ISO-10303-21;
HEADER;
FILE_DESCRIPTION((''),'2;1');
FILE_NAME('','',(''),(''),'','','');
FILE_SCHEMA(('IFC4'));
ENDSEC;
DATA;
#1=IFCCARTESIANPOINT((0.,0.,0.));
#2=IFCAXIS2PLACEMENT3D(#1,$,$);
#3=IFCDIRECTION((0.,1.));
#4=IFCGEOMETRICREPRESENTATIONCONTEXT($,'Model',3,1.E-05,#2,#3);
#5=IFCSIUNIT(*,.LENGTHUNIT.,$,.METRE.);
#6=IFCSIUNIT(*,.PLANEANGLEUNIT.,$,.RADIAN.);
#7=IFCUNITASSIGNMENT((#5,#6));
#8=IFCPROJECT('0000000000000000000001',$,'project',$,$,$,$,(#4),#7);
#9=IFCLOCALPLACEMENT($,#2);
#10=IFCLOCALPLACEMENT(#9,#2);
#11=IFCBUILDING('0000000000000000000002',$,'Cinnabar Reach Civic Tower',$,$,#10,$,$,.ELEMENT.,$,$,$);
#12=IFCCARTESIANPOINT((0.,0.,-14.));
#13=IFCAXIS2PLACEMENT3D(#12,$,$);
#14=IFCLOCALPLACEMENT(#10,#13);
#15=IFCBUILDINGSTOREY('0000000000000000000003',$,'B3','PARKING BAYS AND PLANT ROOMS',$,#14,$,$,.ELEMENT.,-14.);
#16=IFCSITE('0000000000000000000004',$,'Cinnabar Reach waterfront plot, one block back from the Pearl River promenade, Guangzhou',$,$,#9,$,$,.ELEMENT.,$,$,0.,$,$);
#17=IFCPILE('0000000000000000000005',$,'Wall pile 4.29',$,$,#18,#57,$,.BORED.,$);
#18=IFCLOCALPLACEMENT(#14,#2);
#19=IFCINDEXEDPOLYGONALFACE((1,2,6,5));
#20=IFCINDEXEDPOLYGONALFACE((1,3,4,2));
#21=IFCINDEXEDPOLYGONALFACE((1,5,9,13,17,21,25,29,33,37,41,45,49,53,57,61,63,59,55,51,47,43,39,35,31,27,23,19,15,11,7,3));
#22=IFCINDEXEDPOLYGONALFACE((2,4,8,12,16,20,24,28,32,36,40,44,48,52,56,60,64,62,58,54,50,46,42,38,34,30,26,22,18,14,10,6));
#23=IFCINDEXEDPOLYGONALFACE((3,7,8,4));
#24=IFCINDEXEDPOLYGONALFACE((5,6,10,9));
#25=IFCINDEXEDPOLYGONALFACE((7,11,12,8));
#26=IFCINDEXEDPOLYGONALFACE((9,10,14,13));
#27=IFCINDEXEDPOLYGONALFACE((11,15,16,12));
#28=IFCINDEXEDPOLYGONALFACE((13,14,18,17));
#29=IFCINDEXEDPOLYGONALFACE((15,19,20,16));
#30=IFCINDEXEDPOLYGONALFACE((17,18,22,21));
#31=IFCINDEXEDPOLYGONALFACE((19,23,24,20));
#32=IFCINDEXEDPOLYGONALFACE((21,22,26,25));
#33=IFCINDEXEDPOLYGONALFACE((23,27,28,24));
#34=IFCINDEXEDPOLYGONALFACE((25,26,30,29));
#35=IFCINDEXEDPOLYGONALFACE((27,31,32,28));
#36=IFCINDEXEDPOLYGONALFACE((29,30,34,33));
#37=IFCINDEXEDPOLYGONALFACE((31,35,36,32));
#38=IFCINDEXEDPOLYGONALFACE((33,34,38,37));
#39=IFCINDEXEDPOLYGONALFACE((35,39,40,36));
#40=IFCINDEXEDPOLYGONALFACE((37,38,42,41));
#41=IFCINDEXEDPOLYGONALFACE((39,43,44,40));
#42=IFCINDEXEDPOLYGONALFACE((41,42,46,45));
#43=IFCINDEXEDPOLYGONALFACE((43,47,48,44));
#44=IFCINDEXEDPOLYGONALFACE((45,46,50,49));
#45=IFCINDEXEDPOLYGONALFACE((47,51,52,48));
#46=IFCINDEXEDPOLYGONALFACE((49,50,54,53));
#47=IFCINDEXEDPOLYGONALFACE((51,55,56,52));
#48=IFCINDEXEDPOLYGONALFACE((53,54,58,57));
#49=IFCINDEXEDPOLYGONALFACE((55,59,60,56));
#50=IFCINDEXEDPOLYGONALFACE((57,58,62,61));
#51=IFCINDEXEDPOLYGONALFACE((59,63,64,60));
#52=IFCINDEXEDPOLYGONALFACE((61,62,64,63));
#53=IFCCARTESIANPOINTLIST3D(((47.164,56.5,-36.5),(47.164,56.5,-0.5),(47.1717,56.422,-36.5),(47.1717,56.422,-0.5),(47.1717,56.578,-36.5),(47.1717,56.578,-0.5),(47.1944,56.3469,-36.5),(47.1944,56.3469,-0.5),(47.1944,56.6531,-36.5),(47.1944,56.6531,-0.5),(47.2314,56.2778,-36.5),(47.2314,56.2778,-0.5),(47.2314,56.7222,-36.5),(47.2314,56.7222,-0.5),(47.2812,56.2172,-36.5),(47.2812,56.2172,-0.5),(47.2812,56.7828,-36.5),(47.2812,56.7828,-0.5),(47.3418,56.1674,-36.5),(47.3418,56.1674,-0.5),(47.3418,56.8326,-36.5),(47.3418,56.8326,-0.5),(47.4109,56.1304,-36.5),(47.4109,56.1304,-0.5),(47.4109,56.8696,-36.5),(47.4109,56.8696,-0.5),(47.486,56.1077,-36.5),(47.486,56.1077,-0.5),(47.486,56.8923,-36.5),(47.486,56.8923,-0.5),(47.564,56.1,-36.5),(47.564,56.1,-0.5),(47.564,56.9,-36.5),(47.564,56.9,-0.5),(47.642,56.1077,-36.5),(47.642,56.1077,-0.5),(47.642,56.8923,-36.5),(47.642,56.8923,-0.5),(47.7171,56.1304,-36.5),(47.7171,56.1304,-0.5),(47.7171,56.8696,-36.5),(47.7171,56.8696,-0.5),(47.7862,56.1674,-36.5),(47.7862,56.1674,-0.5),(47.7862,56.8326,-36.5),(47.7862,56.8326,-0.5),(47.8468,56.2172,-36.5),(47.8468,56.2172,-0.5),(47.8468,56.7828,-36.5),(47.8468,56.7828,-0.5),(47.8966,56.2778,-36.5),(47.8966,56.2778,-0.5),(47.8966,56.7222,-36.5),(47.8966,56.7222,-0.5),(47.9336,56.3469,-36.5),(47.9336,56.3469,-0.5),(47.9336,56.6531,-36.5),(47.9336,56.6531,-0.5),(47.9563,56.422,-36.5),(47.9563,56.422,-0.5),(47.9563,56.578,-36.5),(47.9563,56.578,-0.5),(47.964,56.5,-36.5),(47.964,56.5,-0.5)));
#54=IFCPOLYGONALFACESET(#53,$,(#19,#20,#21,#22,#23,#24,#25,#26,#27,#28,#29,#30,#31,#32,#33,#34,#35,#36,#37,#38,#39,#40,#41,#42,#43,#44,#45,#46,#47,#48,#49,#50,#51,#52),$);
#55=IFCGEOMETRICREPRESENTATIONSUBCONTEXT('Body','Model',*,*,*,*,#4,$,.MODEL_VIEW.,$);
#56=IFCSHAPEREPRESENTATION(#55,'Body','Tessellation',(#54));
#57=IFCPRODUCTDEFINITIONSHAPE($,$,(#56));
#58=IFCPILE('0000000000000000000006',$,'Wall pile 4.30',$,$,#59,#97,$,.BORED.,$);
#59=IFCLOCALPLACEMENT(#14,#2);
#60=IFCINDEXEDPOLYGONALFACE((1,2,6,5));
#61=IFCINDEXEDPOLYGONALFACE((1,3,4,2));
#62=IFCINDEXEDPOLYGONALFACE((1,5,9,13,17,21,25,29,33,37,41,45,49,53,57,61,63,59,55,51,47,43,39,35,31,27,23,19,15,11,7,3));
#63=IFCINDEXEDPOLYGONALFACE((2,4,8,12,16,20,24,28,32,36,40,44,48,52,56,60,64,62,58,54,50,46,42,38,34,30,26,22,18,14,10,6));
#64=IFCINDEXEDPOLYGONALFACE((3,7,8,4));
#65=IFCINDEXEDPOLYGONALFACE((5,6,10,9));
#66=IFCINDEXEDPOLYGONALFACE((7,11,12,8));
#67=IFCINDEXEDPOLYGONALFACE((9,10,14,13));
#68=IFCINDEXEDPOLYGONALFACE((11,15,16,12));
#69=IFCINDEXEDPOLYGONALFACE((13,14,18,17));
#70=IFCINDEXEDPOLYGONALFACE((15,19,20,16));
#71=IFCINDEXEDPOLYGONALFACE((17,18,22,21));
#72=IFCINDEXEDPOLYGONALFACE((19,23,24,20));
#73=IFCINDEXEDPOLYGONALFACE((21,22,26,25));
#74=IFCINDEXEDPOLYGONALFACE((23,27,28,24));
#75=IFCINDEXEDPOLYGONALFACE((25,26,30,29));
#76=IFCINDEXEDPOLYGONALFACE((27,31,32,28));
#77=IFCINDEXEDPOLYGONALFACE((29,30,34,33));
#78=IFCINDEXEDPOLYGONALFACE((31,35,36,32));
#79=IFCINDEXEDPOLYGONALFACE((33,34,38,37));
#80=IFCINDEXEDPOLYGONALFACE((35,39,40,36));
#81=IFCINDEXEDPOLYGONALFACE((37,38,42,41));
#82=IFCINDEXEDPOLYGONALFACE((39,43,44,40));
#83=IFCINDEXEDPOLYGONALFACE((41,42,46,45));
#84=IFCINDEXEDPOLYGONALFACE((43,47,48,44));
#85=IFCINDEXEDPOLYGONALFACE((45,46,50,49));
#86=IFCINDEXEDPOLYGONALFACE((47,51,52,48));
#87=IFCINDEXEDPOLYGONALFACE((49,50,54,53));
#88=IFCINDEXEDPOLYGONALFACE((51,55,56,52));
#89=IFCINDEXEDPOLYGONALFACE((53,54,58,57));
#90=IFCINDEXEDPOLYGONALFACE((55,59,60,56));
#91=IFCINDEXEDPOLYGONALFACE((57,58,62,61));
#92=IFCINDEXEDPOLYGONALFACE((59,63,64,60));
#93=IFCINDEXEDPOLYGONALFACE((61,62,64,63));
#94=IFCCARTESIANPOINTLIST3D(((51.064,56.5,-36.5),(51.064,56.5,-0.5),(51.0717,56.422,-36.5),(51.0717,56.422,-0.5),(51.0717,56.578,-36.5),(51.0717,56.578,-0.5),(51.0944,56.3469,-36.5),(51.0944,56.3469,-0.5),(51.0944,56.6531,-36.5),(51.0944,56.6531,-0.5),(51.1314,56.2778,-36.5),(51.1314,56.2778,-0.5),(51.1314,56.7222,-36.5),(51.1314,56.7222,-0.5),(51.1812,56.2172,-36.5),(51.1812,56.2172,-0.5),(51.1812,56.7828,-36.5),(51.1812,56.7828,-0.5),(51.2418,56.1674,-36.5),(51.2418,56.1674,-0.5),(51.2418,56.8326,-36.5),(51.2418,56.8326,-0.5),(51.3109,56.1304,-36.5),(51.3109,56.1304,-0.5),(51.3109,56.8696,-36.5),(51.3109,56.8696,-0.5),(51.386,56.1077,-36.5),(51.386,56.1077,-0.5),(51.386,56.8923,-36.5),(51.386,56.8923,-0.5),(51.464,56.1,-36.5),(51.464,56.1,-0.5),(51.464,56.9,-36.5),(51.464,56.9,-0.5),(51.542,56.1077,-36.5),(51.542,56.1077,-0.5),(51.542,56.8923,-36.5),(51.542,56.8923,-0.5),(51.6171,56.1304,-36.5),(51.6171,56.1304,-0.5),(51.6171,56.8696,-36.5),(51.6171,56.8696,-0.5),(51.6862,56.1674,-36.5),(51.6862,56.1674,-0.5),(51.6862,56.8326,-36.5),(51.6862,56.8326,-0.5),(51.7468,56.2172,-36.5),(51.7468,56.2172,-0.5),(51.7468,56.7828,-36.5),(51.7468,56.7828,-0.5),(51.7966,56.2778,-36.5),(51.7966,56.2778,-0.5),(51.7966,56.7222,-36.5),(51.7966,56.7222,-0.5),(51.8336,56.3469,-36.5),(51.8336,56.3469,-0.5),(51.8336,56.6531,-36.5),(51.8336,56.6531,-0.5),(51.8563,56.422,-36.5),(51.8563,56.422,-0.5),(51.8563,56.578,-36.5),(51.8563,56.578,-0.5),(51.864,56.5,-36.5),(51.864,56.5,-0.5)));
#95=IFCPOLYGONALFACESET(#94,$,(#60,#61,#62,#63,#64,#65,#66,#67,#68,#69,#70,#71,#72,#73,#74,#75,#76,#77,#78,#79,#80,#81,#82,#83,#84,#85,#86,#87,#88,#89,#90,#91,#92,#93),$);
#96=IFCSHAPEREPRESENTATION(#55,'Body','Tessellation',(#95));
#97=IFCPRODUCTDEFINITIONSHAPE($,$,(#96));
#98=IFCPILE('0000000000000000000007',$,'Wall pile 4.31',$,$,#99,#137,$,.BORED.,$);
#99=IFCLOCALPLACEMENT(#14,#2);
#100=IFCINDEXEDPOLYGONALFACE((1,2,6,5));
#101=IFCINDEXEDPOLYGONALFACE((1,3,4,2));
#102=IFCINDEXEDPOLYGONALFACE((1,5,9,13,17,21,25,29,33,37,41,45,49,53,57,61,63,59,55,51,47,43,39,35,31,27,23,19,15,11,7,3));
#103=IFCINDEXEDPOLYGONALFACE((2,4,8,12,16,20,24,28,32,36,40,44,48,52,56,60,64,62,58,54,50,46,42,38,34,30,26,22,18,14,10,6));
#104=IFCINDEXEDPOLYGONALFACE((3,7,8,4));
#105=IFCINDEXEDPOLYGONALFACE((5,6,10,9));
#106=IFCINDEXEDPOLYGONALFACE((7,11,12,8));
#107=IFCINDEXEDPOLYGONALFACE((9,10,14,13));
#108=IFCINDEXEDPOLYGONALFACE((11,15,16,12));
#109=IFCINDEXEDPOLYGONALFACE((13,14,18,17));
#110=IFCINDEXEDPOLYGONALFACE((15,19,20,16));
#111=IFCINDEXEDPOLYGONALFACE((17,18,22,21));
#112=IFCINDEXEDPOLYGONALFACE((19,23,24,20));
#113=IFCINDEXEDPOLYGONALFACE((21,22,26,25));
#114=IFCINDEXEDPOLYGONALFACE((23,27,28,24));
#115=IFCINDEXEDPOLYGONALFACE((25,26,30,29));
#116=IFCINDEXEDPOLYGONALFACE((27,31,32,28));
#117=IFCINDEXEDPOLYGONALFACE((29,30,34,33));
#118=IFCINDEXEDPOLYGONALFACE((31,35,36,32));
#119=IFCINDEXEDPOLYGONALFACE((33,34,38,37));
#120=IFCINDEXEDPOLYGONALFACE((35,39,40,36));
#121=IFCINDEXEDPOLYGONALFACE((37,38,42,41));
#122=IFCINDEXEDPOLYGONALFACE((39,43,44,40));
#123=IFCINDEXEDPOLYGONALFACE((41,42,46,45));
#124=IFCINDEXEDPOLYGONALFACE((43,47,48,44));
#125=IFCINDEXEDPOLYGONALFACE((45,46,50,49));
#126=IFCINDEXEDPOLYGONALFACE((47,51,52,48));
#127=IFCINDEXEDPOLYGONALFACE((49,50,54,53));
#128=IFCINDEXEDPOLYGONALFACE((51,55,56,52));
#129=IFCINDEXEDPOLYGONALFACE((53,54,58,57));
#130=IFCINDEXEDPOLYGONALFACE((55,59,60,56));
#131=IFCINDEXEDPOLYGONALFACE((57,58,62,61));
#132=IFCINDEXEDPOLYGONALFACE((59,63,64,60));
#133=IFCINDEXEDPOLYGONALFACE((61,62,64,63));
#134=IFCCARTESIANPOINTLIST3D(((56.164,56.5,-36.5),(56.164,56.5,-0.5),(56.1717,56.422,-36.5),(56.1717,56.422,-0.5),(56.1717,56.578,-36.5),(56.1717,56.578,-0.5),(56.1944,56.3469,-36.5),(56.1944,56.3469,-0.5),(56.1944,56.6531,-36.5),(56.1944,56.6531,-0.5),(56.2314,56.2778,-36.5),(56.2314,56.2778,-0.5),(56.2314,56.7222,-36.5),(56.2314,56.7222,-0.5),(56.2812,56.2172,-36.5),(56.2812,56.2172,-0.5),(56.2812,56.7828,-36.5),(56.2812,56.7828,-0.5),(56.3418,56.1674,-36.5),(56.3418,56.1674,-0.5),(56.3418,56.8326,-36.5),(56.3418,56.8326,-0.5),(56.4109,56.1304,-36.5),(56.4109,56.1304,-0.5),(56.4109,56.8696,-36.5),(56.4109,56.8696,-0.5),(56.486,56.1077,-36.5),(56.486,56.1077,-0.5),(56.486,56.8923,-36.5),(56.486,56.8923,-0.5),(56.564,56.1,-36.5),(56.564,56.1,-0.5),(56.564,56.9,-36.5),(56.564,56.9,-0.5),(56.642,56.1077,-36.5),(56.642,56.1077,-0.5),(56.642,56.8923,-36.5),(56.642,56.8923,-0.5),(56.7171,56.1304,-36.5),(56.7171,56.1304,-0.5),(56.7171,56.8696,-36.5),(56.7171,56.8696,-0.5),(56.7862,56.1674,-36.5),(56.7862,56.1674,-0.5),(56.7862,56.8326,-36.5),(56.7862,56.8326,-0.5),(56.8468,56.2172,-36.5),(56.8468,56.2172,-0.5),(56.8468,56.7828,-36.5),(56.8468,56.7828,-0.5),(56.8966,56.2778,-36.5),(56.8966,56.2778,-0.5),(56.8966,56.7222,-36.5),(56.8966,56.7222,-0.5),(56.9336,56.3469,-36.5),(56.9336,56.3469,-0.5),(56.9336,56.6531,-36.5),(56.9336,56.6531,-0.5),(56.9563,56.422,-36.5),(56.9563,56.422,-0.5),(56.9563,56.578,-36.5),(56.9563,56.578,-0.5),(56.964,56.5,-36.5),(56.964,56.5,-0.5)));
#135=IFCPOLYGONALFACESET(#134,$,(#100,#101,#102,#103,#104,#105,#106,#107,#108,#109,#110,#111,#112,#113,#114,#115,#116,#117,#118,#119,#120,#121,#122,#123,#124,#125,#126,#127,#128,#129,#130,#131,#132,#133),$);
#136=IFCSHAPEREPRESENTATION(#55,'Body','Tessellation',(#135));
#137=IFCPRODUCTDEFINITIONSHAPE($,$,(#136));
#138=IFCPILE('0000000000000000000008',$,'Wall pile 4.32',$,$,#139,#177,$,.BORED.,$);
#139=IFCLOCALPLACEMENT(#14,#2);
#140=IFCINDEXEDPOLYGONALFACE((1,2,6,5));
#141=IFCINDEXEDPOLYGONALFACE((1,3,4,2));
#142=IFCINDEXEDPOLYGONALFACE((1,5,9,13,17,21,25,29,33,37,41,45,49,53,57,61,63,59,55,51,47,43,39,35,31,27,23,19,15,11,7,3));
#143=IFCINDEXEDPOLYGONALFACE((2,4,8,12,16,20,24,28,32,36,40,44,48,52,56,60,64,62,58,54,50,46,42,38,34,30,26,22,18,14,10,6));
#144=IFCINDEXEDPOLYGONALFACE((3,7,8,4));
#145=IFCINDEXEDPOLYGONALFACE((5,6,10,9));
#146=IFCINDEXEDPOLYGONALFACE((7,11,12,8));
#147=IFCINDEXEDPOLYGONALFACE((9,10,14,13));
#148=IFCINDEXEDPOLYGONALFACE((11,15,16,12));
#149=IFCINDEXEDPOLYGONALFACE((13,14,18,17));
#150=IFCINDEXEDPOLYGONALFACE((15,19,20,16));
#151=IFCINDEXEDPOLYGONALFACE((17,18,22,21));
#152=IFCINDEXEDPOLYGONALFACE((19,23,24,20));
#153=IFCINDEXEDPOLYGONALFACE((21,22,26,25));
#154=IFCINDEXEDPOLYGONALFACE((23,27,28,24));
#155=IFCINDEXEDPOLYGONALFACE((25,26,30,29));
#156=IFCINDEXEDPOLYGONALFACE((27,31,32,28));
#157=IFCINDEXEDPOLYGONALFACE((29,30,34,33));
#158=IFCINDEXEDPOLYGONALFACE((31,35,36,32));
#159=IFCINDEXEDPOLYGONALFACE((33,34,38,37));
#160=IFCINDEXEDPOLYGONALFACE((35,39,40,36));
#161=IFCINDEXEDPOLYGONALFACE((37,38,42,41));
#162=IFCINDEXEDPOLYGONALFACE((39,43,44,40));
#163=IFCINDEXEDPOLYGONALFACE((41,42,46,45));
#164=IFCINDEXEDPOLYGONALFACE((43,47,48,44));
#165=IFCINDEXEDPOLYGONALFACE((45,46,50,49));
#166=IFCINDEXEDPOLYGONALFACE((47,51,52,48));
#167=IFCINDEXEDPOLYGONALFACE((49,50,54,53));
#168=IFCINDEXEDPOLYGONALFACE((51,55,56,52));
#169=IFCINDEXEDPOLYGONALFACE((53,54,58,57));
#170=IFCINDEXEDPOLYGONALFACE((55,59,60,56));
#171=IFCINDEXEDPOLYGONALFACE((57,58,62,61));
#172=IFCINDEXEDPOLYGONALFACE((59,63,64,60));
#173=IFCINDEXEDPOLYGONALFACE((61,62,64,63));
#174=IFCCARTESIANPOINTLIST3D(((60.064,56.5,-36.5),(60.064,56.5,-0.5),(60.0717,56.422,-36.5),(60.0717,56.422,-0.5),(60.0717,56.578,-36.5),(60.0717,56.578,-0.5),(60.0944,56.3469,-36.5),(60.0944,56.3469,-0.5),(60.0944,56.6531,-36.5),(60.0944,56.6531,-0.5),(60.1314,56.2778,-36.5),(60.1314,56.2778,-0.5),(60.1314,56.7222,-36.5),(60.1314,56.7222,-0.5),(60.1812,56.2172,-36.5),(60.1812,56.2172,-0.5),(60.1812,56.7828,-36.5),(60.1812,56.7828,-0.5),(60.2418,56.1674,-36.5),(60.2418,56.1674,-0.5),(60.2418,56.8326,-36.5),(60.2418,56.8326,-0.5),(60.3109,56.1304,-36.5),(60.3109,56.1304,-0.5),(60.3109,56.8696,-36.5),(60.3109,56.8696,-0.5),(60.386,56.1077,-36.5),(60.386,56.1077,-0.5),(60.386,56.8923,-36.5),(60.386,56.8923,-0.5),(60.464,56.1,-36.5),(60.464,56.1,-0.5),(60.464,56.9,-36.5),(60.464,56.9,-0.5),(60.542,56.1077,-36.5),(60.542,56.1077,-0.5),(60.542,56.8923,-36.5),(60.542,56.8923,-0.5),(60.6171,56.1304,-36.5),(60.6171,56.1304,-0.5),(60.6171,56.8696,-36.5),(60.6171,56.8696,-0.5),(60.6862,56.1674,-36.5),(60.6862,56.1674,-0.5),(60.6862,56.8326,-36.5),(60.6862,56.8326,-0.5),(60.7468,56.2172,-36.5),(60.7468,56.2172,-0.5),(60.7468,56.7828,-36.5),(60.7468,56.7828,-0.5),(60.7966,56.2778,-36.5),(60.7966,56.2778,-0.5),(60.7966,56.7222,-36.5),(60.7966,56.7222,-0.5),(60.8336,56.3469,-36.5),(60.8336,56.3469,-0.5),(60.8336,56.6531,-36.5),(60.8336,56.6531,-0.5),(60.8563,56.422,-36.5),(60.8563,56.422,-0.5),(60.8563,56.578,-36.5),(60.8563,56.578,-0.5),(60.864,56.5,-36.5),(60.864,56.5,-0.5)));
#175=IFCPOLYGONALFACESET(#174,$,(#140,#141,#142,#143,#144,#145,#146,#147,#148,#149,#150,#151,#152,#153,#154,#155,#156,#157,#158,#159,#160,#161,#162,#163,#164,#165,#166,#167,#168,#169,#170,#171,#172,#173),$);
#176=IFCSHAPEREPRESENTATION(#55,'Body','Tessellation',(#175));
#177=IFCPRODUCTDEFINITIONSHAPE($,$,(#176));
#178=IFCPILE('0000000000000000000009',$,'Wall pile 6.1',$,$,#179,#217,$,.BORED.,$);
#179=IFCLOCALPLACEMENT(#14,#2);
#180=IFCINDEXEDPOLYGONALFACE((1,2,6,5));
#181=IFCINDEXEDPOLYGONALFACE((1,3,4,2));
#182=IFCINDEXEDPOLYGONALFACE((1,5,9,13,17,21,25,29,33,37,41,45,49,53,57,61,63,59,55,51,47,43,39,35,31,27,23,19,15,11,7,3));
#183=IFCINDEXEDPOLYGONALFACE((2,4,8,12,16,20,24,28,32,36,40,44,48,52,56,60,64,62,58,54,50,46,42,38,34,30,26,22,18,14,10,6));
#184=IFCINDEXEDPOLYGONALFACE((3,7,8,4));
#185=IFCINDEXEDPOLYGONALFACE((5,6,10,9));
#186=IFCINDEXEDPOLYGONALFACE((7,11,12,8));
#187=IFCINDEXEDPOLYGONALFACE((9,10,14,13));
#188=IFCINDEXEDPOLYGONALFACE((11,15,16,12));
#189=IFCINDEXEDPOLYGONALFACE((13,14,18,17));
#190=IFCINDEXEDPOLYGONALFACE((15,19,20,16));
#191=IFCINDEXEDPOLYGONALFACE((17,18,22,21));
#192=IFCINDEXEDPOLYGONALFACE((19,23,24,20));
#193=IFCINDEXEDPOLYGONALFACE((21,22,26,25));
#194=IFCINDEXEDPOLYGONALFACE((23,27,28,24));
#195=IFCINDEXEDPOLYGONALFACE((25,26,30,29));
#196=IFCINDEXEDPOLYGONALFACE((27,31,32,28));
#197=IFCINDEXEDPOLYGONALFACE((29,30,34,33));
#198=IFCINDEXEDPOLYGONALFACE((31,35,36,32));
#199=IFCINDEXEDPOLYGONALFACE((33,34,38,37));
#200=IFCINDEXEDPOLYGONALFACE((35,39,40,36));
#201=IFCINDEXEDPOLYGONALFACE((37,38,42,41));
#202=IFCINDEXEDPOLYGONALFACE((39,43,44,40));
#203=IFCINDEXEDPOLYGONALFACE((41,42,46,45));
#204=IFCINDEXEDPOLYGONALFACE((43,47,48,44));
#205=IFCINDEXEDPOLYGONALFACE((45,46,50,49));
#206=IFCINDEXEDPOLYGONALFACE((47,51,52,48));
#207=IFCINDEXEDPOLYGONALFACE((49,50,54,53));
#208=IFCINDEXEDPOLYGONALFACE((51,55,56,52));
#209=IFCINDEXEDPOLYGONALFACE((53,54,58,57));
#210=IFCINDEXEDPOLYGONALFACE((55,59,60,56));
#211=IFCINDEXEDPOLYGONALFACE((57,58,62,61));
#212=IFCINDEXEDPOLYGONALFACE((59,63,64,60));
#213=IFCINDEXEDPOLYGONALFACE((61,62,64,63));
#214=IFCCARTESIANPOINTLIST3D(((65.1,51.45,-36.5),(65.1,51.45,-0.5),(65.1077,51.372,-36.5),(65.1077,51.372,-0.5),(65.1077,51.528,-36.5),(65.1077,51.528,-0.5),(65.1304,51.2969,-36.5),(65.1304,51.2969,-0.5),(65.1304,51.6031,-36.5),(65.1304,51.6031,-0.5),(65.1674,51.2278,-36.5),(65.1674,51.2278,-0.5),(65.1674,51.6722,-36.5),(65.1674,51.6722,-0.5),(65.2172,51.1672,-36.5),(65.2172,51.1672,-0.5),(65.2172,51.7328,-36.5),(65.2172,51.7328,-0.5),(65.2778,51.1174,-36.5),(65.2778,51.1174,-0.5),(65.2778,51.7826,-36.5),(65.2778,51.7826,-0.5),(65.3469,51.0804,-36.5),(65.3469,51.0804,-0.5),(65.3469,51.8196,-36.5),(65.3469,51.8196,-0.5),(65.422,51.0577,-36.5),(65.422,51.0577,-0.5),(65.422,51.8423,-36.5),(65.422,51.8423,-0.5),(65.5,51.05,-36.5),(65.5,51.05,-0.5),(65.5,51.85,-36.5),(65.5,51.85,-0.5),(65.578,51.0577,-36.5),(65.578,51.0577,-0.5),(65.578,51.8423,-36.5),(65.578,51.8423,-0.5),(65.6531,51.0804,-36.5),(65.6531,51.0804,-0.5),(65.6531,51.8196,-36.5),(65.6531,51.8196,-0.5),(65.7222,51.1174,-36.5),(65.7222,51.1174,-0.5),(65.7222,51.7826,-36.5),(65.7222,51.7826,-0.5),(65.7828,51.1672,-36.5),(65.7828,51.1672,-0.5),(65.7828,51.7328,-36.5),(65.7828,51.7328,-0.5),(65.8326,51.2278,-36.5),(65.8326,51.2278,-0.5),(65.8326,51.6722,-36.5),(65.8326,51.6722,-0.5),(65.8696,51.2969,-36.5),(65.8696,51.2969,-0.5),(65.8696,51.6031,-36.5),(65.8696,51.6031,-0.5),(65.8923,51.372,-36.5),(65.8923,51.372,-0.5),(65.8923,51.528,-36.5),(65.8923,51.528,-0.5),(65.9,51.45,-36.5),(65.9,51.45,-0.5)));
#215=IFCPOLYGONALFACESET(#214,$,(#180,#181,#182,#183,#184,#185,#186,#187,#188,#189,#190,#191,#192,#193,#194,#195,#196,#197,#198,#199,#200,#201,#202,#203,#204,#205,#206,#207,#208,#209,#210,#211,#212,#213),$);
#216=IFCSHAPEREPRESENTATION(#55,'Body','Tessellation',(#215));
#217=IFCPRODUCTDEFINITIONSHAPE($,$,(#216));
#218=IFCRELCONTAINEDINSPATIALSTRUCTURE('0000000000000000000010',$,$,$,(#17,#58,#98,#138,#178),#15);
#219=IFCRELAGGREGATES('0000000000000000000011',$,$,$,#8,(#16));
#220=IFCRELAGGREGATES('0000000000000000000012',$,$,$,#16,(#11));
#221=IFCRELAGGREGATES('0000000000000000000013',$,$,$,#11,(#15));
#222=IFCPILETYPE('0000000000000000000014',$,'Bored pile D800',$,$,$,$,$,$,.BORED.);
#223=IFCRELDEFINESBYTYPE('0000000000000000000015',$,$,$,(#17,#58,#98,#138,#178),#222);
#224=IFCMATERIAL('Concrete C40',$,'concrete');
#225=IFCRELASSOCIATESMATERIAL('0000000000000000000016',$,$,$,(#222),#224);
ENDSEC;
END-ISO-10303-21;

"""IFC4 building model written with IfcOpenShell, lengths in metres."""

from ifc_helpers import new_model, si_unit, direction, frame, origin, origin_2d, place, context, subcontext, project, spatial, circle, extrude, material, type_object, element, save


model = new_model("IFC4")

# Units and contexts
model_context = context("Model", 3, precision=1e-05, world=origin(), true_north=direction((0.0, 1.0)))
body_context = subcontext(model_context, "Body", "Model", "MODEL_VIEW")
ifc_project = project(units=[si_unit("LENGTHUNIT", "METRE"), si_unit("PLANEANGLEUNIT", "RADIAN")], contexts=[model_context])

# Site, building, storey
site_placement = place(None, origin())
site = spatial("IfcSite", under=ifc_project, at=site_placement, Name="Cinnabar Reach waterfront plot, one block back from the Pearl River promenade, Guangzhou", CompositionType="ELEMENT", RefElevation=0.0)
building_placement = place(site_placement, origin())
building = spatial("IfcBuilding", under=site, at=building_placement, Name="Cinnabar Reach Civic Tower", CompositionType="ELEMENT")
storey_placement = place(building_placement, frame((0.0, 0.0, -14.0)))
storey = spatial("IfcBuildingStorey", under=building, at=storey_placement, Name="B3", Description="PARKING BAYS AND PLANT ROOMS", CompositionType="ELEMENT", Elevation=-14.0)

# Piles
ifc_material_1 = material(Name="Concrete C40", Category="concrete")
pile_type = type_object("IfcPileType", Name="Bored pile D800", PredefinedType="BORED", material=ifc_material_1)
for number, where, z_axis, x_axis, name in (
    (1, (47.564, 56.5, -0.5), (0.0, 0.0, -1.0), (1.0, 0.0, 0.0), "Wall pile 4.29"),
    (2, (51.464, 56.5, -0.5), (0.0, 0.0, -1.0), (1.0, 0.0, 0.0), "Wall pile 4.30"),
    (3, (56.564, 56.5, -0.5), (0.0, 0.0, -1.0), (1.0, 0.0, 0.0), "Wall pile 4.31"),
    (4, (60.464, 56.5, -0.5), (0.0, 0.0, -1.0), (1.0, 0.0, 0.0), "Wall pile 4.32"),
    (5, (65.5, 51.45, -0.5), (0.0, 0.0, -1.0), (1.0, 0.0, 0.0), "Wall pile 6.1"),
):
    element("IfcPile", number, at=place(storey_placement, frame(where, z_axis=z_axis, x_axis=x_axis)), inside=storey, type_object=pile_type, Name=name, PredefinedType="BORED", context=body_context, shape_type="SweptSolid", body=[
        extrude(circle(Radius=0.4, at=origin_2d()), origin(), (0.0, 0.0, 1.0), 36.0),
    ])

save(model, "model.ifc")
